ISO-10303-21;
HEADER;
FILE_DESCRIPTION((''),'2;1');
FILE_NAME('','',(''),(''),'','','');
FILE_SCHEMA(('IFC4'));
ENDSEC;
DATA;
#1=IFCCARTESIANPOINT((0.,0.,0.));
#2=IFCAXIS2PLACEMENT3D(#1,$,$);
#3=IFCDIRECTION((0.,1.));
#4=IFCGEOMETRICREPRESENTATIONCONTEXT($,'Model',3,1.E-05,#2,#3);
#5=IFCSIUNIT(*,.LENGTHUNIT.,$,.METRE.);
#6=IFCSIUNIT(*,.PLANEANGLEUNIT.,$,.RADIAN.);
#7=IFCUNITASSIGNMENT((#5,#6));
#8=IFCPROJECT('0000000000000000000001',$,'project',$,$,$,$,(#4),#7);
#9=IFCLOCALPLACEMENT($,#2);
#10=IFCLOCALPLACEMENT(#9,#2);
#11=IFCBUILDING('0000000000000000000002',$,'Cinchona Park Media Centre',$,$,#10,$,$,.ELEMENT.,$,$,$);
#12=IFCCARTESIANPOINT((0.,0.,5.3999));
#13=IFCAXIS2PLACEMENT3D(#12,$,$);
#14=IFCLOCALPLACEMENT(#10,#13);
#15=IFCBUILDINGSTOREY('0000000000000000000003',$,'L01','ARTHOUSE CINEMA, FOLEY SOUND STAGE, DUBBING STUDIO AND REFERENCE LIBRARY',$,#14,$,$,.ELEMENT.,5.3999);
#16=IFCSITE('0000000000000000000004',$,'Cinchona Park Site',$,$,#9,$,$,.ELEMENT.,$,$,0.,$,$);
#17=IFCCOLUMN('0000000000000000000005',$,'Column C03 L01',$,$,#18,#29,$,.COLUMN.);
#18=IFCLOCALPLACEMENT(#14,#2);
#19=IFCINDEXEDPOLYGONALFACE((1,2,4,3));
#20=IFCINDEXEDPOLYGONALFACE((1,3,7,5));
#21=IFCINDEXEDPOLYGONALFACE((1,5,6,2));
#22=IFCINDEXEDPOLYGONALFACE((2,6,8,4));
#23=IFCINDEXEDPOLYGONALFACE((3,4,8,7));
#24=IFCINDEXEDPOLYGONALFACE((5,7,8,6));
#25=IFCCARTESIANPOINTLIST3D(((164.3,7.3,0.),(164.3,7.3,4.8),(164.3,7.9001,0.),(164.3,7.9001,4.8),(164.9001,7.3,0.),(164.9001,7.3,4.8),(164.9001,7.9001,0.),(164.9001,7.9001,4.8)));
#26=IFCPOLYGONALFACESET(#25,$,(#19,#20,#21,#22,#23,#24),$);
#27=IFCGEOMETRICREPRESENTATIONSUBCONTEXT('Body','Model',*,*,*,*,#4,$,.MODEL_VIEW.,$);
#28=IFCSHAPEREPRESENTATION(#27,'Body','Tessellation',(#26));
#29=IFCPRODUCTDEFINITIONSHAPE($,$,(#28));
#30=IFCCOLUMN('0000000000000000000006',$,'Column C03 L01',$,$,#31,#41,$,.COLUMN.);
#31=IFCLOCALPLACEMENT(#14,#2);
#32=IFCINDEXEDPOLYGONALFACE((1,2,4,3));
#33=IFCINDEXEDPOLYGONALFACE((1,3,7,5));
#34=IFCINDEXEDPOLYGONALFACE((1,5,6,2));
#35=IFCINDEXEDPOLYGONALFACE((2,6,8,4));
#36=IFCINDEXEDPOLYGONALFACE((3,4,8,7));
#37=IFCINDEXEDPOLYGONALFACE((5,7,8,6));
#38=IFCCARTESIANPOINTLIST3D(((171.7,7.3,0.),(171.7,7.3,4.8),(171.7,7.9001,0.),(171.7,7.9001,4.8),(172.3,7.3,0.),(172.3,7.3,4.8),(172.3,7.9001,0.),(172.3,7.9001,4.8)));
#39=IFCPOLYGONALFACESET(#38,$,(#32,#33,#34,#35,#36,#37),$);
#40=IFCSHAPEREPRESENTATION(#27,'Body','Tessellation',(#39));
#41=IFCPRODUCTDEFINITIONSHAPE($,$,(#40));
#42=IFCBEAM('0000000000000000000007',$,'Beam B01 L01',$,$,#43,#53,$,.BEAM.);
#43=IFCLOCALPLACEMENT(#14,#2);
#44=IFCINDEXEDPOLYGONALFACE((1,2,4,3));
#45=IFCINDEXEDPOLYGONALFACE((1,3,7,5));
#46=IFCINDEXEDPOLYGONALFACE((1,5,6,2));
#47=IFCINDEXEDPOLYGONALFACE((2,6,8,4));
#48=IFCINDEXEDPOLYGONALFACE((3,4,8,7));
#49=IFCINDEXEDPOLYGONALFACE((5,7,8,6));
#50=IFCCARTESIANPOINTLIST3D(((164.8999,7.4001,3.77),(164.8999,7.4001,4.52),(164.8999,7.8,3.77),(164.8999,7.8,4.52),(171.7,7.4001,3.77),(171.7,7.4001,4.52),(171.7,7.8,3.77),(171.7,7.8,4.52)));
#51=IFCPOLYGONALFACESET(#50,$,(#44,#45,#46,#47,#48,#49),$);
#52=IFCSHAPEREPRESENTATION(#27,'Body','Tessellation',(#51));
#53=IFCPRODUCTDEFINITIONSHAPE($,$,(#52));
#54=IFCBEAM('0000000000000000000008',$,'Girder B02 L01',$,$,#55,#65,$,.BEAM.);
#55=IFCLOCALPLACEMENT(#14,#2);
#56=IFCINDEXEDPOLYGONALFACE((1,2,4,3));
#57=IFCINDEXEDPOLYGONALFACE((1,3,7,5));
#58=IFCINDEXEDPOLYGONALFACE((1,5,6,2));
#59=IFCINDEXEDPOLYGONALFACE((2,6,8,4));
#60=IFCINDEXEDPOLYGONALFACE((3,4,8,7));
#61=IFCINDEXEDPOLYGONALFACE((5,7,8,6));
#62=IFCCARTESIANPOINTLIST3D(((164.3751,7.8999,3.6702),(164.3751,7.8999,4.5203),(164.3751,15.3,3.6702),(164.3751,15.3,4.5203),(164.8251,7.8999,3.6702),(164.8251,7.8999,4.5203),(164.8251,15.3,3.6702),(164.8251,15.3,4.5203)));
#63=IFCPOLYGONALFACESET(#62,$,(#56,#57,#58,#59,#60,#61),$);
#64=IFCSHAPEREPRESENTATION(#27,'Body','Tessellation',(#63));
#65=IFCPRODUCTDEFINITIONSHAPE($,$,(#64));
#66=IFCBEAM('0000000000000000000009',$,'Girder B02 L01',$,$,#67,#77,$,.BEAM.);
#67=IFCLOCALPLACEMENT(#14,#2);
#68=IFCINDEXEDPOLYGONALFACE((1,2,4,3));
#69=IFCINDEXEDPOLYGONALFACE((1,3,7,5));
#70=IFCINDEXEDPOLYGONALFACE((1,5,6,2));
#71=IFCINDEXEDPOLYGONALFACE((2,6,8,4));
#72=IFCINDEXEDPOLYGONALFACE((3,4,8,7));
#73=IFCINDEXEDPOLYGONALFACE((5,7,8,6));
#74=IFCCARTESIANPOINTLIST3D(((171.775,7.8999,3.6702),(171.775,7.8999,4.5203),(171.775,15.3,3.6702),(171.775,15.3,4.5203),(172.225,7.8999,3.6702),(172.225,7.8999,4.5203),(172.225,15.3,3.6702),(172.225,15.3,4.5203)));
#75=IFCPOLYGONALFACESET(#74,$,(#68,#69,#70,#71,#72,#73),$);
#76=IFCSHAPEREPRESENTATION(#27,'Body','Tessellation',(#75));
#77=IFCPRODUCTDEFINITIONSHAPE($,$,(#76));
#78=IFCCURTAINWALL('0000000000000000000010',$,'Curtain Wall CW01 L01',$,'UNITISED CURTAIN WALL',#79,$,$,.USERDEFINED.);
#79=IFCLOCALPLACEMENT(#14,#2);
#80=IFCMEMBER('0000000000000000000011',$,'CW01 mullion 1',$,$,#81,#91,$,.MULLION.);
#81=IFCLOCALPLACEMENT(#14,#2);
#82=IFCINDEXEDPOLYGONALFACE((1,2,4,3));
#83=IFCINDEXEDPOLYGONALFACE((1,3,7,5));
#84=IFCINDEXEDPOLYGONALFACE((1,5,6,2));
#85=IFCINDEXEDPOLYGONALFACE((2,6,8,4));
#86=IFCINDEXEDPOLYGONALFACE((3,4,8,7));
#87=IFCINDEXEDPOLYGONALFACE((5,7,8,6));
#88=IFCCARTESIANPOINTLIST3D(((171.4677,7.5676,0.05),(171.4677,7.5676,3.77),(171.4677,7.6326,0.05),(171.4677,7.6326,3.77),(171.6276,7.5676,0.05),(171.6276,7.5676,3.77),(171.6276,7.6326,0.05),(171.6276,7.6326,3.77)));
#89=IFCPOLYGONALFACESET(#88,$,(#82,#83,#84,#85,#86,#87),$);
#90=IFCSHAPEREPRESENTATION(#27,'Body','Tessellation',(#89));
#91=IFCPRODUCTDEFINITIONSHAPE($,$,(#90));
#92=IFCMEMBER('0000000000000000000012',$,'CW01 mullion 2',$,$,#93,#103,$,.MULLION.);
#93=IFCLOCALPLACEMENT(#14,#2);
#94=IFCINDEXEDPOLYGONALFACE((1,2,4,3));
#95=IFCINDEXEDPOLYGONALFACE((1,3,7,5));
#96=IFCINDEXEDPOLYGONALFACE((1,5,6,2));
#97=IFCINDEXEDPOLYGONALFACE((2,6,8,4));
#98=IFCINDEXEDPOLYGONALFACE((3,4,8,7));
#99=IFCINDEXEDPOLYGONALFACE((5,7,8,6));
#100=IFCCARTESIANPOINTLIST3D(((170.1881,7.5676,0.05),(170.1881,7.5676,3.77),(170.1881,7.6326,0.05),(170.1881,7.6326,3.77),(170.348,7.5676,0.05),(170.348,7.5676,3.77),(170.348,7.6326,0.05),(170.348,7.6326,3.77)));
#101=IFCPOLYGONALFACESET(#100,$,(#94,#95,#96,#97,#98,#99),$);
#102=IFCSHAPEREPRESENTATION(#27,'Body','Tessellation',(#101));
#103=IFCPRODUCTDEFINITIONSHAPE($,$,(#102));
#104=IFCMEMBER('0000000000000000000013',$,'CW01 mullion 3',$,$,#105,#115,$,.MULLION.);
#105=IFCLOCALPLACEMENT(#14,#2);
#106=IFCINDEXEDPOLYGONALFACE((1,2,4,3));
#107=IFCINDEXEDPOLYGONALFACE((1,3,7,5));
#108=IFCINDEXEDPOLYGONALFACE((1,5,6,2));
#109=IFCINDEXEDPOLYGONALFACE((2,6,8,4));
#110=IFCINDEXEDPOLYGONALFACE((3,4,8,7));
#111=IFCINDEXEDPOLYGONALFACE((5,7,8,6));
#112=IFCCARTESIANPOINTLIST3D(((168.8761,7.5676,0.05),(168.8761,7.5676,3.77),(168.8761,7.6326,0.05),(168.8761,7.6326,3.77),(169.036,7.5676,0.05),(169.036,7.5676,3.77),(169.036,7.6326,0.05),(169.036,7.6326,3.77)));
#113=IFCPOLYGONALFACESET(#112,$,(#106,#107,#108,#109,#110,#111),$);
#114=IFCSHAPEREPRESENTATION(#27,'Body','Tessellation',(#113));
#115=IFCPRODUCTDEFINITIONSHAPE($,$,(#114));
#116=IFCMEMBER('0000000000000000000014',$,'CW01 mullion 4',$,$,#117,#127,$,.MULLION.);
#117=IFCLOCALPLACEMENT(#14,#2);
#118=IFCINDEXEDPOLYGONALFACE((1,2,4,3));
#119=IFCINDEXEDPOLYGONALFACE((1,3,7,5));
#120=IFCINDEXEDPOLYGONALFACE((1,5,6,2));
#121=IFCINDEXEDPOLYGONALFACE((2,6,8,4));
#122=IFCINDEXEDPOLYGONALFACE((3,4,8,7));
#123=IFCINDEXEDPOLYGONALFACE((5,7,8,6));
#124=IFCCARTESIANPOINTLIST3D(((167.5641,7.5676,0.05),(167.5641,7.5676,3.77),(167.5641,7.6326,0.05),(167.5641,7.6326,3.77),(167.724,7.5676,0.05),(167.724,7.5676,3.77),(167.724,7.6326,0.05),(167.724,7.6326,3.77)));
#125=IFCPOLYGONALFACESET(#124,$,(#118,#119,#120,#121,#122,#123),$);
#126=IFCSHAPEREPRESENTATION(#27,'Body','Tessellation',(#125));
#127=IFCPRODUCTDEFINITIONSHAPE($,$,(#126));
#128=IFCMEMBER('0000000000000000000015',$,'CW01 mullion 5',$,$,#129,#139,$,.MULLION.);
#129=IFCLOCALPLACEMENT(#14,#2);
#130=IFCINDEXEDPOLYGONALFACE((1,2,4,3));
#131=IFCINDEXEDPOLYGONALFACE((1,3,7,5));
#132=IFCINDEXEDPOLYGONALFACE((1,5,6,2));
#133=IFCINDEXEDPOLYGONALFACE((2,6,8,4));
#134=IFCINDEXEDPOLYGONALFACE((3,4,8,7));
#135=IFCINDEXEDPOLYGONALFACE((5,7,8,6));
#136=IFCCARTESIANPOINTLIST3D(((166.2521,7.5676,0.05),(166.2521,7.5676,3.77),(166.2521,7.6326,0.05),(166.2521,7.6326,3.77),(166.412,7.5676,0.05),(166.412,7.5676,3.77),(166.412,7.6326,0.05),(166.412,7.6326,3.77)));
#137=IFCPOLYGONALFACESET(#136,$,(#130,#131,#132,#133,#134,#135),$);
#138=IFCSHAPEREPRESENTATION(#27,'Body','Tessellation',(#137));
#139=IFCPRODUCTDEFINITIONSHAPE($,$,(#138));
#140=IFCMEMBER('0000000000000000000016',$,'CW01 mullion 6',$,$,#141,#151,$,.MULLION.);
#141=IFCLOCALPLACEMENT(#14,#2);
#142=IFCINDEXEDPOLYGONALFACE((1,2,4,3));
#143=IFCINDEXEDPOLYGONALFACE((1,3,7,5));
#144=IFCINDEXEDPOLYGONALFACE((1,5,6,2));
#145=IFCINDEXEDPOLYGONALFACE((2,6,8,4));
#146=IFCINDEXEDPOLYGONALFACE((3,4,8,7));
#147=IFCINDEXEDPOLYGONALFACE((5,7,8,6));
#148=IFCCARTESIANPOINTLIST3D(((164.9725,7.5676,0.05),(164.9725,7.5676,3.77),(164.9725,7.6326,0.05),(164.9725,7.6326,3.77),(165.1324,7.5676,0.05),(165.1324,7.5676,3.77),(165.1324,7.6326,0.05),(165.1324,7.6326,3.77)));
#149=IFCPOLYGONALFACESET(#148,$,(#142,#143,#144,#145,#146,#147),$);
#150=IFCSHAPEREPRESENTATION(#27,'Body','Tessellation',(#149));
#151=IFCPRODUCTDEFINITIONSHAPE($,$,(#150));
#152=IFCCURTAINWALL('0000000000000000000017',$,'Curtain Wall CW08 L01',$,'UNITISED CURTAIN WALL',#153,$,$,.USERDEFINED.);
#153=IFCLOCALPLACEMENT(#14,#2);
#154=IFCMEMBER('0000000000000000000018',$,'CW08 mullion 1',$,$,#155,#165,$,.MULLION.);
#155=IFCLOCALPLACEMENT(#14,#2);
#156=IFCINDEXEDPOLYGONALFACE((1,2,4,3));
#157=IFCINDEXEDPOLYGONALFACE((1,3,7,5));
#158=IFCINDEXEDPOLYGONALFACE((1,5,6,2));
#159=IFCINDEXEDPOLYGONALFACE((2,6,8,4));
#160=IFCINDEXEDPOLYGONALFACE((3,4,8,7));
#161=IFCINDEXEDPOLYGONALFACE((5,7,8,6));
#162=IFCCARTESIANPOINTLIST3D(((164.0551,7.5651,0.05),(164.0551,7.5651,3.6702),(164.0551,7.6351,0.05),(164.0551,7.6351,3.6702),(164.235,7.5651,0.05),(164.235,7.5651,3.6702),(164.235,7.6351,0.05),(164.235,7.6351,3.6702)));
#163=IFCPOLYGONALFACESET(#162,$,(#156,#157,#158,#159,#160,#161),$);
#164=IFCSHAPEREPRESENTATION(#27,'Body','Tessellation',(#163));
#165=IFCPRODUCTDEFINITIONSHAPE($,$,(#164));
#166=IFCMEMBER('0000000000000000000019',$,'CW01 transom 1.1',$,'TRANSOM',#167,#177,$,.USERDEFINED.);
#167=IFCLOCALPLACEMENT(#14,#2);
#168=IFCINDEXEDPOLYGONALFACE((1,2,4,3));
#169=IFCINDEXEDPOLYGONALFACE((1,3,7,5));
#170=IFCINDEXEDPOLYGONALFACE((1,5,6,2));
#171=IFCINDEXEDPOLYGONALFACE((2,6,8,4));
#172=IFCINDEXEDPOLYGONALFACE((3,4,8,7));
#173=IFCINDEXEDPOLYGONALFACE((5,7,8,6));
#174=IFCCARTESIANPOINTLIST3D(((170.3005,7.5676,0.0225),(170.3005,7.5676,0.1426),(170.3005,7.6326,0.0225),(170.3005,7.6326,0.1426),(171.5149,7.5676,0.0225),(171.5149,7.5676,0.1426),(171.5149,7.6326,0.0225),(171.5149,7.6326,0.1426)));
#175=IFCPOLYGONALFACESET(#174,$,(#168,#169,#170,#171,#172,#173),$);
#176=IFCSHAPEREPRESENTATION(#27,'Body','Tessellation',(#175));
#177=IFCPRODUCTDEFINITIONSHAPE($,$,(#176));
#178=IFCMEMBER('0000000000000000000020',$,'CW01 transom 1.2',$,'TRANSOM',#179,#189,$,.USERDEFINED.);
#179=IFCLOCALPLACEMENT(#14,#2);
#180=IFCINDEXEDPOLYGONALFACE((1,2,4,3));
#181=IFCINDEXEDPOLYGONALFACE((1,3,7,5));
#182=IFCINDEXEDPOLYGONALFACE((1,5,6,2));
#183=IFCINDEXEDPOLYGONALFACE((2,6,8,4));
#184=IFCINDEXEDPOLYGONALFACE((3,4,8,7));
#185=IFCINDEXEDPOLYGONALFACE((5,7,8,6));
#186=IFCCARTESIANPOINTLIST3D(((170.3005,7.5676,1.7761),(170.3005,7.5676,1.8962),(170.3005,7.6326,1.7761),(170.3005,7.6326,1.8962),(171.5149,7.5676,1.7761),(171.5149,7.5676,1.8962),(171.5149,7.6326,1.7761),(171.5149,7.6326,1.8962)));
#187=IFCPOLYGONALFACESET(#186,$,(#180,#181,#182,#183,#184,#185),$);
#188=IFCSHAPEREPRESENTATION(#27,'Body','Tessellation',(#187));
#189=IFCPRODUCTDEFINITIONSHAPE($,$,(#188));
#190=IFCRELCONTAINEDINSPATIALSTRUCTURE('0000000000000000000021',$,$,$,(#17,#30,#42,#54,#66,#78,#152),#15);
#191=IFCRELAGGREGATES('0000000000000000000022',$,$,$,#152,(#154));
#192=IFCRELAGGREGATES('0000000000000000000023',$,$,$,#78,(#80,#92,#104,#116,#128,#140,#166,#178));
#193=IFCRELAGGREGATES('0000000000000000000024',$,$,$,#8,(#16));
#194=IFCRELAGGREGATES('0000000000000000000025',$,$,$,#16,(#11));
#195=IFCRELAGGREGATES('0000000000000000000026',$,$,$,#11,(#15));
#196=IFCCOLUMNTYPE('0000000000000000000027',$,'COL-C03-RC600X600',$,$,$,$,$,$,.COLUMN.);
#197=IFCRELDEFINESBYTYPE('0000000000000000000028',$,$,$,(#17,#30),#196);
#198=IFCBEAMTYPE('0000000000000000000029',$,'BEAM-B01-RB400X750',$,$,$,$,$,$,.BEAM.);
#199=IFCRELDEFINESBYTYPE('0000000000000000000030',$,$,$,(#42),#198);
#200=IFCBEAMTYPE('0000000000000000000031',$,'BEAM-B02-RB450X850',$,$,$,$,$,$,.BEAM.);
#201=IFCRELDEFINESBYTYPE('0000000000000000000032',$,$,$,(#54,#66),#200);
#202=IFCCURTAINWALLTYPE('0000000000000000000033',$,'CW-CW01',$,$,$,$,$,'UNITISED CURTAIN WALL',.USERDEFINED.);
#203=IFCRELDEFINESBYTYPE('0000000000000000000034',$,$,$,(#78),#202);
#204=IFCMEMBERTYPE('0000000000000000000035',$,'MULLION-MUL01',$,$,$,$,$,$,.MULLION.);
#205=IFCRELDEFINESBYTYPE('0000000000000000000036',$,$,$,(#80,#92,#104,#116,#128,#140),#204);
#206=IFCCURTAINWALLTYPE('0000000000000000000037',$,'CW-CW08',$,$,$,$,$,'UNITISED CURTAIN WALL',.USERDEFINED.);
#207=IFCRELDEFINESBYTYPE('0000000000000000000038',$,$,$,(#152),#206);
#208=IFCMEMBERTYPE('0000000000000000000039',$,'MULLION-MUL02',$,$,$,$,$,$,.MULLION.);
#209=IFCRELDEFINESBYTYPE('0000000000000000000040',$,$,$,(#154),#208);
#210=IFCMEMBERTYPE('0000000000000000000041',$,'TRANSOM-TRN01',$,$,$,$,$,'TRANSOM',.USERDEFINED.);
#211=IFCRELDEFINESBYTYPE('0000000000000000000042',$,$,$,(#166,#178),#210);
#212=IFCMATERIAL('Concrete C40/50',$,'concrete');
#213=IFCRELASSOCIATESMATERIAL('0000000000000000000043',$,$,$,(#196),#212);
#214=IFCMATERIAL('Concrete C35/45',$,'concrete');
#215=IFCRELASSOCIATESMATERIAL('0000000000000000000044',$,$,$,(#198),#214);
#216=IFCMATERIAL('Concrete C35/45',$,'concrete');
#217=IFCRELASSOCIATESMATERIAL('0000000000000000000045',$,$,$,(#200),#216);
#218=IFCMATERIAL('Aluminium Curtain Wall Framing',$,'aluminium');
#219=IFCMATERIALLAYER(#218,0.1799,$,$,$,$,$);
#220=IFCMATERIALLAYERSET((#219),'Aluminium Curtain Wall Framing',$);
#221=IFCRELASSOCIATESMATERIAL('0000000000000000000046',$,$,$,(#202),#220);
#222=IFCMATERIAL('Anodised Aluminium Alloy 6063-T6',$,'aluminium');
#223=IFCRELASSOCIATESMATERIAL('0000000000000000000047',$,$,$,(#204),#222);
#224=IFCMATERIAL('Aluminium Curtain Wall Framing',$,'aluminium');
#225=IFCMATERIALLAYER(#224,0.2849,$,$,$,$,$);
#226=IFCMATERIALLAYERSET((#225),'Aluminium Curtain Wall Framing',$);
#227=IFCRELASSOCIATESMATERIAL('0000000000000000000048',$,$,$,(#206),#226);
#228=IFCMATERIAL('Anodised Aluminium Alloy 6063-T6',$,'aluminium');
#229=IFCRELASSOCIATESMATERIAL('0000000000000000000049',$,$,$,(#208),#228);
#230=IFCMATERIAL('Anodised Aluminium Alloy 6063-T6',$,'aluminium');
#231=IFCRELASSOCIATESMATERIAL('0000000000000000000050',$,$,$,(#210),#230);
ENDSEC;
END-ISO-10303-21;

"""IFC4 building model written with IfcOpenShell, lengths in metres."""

from ifc_helpers import new_model, si_unit, direction, frame, origin, origin_2d, place, context, subcontext, project, spatial, rectangle, extrude, material, layer, layer_set, material_profile, profile_set, type_object, element, aggregate, save


model = new_model("IFC4")

# Units and contexts
model_context = context("Model", 3, precision=1e-05, world=origin(), true_north=direction((0.0, 1.0)))
body_context = subcontext(model_context, "Body", "Model", "MODEL_VIEW")
ifc_project = project(units=[si_unit("LENGTHUNIT", "METRE"), si_unit("PLANEANGLEUNIT", "RADIAN")], contexts=[model_context])

# Site, building, storey
site_placement = place(None, origin())
site = spatial("IfcSite", under=ifc_project, at=site_placement, Name="Cinchona Park Site", CompositionType="ELEMENT", RefElevation=0.0)
building_placement = place(site_placement, origin())
building = spatial("IfcBuilding", under=site, at=building_placement, Name="Cinchona Park Media Centre", CompositionType="ELEMENT")
storey_placement = place(building_placement, frame((0.0, 0.0, 5.3999)))
storey = spatial("IfcBuildingStorey", under=building, at=storey_placement, Name="L01", Description="ARTHOUSE CINEMA, FOLEY SOUND STAGE, DUBBING STUDIO AND REFERENCE LIBRARY", CompositionType="ELEMENT", Elevation=5.3999)

# Columns
ifc_material_1 = material(Name="Concrete C40/50", Category="concrete")
ifc_material_profile_1 = material_profile(ifc_material_1, rectangle(XDim=0.6001, YDim=0.6001, at=origin_2d()), Name="RC 600X600")
ifc_profile_set_1 = profile_set([ifc_material_profile_1], Name="Concrete C40/50")
column_type = type_object("IfcColumnType", Name="COL-C03-RC600X600", PredefinedType="COLUMN", material=ifc_profile_set_1)
for number, where, z_axis, x_axis, name in (
    (1, (164.6001, 7.6001, 0.0), (0.0, 0.0, 1.0), (1.0, 0.0, 0.0), "Column C03 L01"),
    (2, (172.0, 7.6001, 0.0), (0.0, 0.0, 1.0), (1.0, 0.0, 0.0), "Column C03 L01"),
):
    element("IfcColumn", number, at=place(storey_placement, frame(where, z_axis=z_axis, x_axis=x_axis)), inside=storey, type_object=column_type, Name=name, PredefinedType="COLUMN", context=body_context, shape_type="SweptSolid", body=[
        extrude(rectangle(XDim=0.6001, YDim=0.6001, at=origin_2d()), origin(), (0.0, 0.0, 1.0), 4.8),
    ])

# Beams
ifc_material_2 = material(Name="Concrete C35/45", Category="concrete")
ifc_material_profile_2 = material_profile(ifc_material_2, rectangle(XDim=0.3999, YDim=0.75, at=origin_2d()), Name="RB 400X750")
ifc_profile_set_2 = profile_set([ifc_material_profile_2], Name="Concrete C35/45")
beam_type_1 = type_object("IfcBeamType", Name="BEAM-B01-RB400X750", PredefinedType="BEAM", material=ifc_profile_set_2)
beam_placement = place(storey_placement, frame((164.8999, 7.6001, 4.145), z_axis=(1.0, 0.0, 0.0), x_axis=(0.0, 1.0, 0.0)))
element("IfcBeam", 3, at=beam_placement, inside=storey, type_object=beam_type_1, Name="Beam B01 L01", PredefinedType="BEAM", context=body_context, shape_type="SweptSolid", body=[
    extrude(rectangle(XDim=0.3999, YDim=0.75, at=origin_2d()), origin(), (0.0, 0.0, 1.0), 6.8),
])
ifc_material_3 = material(Name="Concrete C35/45", Category="concrete")
ifc_material_profile_3 = material_profile(ifc_material_3, rectangle(XDim=0.45, YDim=0.8501, at=origin_2d()), Name="RB 450X850")
ifc_profile_set_3 = profile_set([ifc_material_profile_3], Name="Concrete C35/45")
beam_type_2 = type_object("IfcBeamType", Name="BEAM-B02-RB450X850", PredefinedType="BEAM", material=ifc_profile_set_3)
for number, where, z_axis, x_axis, name in (
    (4, (164.6001, 7.8999, 4.0952), (0.0, 1.0, 0.0), (-1.0, 0.0, 0.0), "Girder B02 L01"),
    (5, (172.0, 7.8999, 4.0952), (0.0, 1.0, 0.0), (-1.0, 0.0, 0.0), "Girder B02 L01"),
):
    element("IfcBeam", number, at=place(storey_placement, frame(where, z_axis=z_axis, x_axis=x_axis)), inside=storey, type_object=beam_type_2, Name=name, PredefinedType="BEAM", context=body_context, shape_type="SweptSolid", body=[
        extrude(rectangle(XDim=0.45, YDim=0.8501, at=origin_2d()), origin(), (0.0, 0.0, 1.0), 7.4001),
    ])

# Curtain wall, members
ifc_material_4 = material(Name="Aluminium Curtain Wall Framing", Category="aluminium")
ifc_layer_1 = layer(ifc_material_4, 0.1799)
ifc_layer_set_1 = layer_set([ifc_layer_1], Name="Aluminium Curtain Wall Framing")
curtain_wall_type_1 = type_object("IfcCurtainWallType", Name="CW-CW01", ElementType="UNITISED CURTAIN WALL", PredefinedType="USERDEFINED", material=ifc_layer_set_1)
curtain_wall_1_placement = place(storey_placement, origin())
curtain_wall_1 = element("IfcCurtainWall", 6, at=curtain_wall_1_placement, inside=storey, type_object=curtain_wall_type_1, Name="Curtain Wall CW01 L01", ObjectType="UNITISED CURTAIN WALL", PredefinedType="USERDEFINED")
ifc_material_5 = material(Name="Anodised Aluminium Alloy 6063-T6", Category="aluminium")
ifc_material_profile_4 = material_profile(ifc_material_5, rectangle(XDim=0.0649, YDim=0.1599, at=origin_2d()), Name="MUL-65X160")
ifc_profile_set_4 = profile_set([ifc_material_profile_4], Name="Anodised Aluminium Alloy 6063-T6")
member_type_1 = type_object("IfcMemberType", Name="MULLION-MUL01", PredefinedType="MULLION", material=ifc_profile_set_4)
member_1_placement = place(storey_placement, frame((171.5476, 7.6001, 0.05), z_axis=(0.0, 0.0, 1.0), x_axis=(0.0, -1.0, 0.0)))
member_1 = element("IfcMember", 7, at=member_1_placement, type_object=member_type_1, Name="CW01 mullion 1", PredefinedType="MULLION", context=body_context, shape_type="SweptSolid", body=[
    extrude(rectangle(XDim=0.0649, YDim=0.1599, at=origin_2d()), origin(), (0.0, 0.0, 1.0), 3.72),
])
member_2_placement = place(storey_placement, frame((170.2681, 7.6001, 0.05), z_axis=(0.0, 0.0, 1.0), x_axis=(0.0, -1.0, 0.0)))
member_2 = element("IfcMember", 8, at=member_2_placement, type_object=member_type_1, Name="CW01 mullion 2", PredefinedType="MULLION", context=body_context, shape_type="SweptSolid", body=[
    extrude(rectangle(XDim=0.0649, YDim=0.1599, at=origin_2d()), origin(), (0.0, 0.0, 1.0), 3.72),
])
member_3_placement = place(storey_placement, frame((168.9561, 7.6001, 0.05), z_axis=(0.0, 0.0, 1.0), x_axis=(0.0, -1.0, 0.0)))
member_3 = element("IfcMember", 9, at=member_3_placement, type_object=member_type_1, Name="CW01 mullion 3", PredefinedType="MULLION", context=body_context, shape_type="SweptSolid", body=[
    extrude(rectangle(XDim=0.0649, YDim=0.1599, at=origin_2d()), origin(), (0.0, 0.0, 1.0), 3.72),
])
member_4_placement = place(storey_placement, frame((167.644, 7.6001, 0.05), z_axis=(0.0, 0.0, 1.0), x_axis=(0.0, -1.0, 0.0)))
member_4 = element("IfcMember", 10, at=member_4_placement, type_object=member_type_1, Name="CW01 mullion 4", PredefinedType="MULLION", context=body_context, shape_type="SweptSolid", body=[
    extrude(rectangle(XDim=0.0649, YDim=0.1599, at=origin_2d()), origin(), (0.0, 0.0, 1.0), 3.72),
])
member_5_placement = place(storey_placement, frame((166.332, 7.6001, 0.05), z_axis=(0.0, 0.0, 1.0), x_axis=(0.0, -1.0, 0.0)))
member_5 = element("IfcMember", 11, at=member_5_placement, type_object=member_type_1, Name="CW01 mullion 5", PredefinedType="MULLION", context=body_context, shape_type="SweptSolid", body=[
    extrude(rectangle(XDim=0.0649, YDim=0.1599, at=origin_2d()), origin(), (0.0, 0.0, 1.0), 3.72),
])
member_6_placement = place(storey_placement, frame((165.0525, 7.6001, 0.05), z_axis=(0.0, 0.0, 1.0), x_axis=(0.0, -1.0, 0.0)))
member_6 = element("IfcMember", 12, at=member_6_placement, type_object=member_type_1, Name="CW01 mullion 6", PredefinedType="MULLION", context=body_context, shape_type="SweptSolid", body=[
    extrude(rectangle(XDim=0.0649, YDim=0.1599, at=origin_2d()), origin(), (0.0, 0.0, 1.0), 3.72),
])

# Curtain wall, member
ifc_material_6 = material(Name="Aluminium Curtain Wall Framing", Category="aluminium")
ifc_layer_2 = layer(ifc_material_6, 0.2849)
ifc_layer_set_2 = layer_set([ifc_layer_2], Name="Aluminium Curtain Wall Framing")
curtain_wall_type_2 = type_object("IfcCurtainWallType", Name="CW-CW08", ElementType="UNITISED CURTAIN WALL", PredefinedType="USERDEFINED", material=ifc_layer_set_2)
curtain_wall_2_placement = place(storey_placement, origin())
curtain_wall_2 = element("IfcCurtainWall", 13, at=curtain_wall_2_placement, inside=storey, type_object=curtain_wall_type_2, Name="Curtain Wall CW08 L01", ObjectType="UNITISED CURTAIN WALL", PredefinedType="USERDEFINED")
ifc_material_7 = material(Name="Anodised Aluminium Alloy 6063-T6", Category="aluminium")
ifc_material_profile_5 = material_profile(ifc_material_7, rectangle(XDim=0.0701, YDim=0.1799, at=origin_2d()), Name="MUL-70X180")
ifc_profile_set_5 = profile_set([ifc_material_profile_5], Name="Anodised Aluminium Alloy 6063-T6")
member_type_2 = type_object("IfcMemberType", Name="MULLION-MUL02", PredefinedType="MULLION", material=ifc_profile_set_5)
member_7_placement = place(storey_placement, frame((164.145, 7.6001, 0.05), z_axis=(0.0, 0.0, 1.0), x_axis=(0.0, -1.0, 0.0)))
member_7 = element("IfcMember", 14, at=member_7_placement, type_object=member_type_2, Name="CW08 mullion 1", PredefinedType="MULLION", context=body_context, shape_type="SweptSolid", body=[
    extrude(rectangle(XDim=0.0701, YDim=0.1799, at=origin_2d()), origin(), (0.0, 0.0, 1.0), 3.6201),
])

# Members
ifc_material_8 = material(Name="Anodised Aluminium Alloy 6063-T6", Category="aluminium")
ifc_material_profile_6 = material_profile(ifc_material_8, rectangle(XDim=0.0649, YDim=0.1201, at=origin_2d()), Name="TRN-65X120")
ifc_profile_set_6 = profile_set([ifc_material_profile_6], Name="Anodised Aluminium Alloy 6063-T6")
member_type_3 = type_object("IfcMemberType", Name="TRANSOM-TRN01", ElementType="TRANSOM", PredefinedType="USERDEFINED", material=ifc_profile_set_6)
member_8_placement = place(storey_placement, frame((171.5149, 7.6001, 0.0825), z_axis=(-1.0, 0.0, 0.0), x_axis=(0.0, -1.0, 0.0)))
member_8 = element("IfcMember", 15, at=member_8_placement, type_object=member_type_3, Name="CW01 transom 1.1", ObjectType="TRANSOM", PredefinedType="USERDEFINED", context=body_context, shape_type="SweptSolid", body=[
    extrude(rectangle(XDim=0.0649, YDim=0.1201, at=origin_2d()), origin(), (0.0, 0.0, 1.0), 1.2144),
])
member_9_placement = place(storey_placement, frame((171.5149, 7.6001, 1.8362), z_axis=(-1.0, 0.0, 0.0), x_axis=(0.0, -1.0, 0.0)))
member_9 = element("IfcMember", 16, at=member_9_placement, type_object=member_type_3, Name="CW01 transom 1.2", ObjectType="TRANSOM", PredefinedType="USERDEFINED", context=body_context, shape_type="SweptSolid", body=[
    extrude(rectangle(XDim=0.0649, YDim=0.1201, at=origin_2d()), origin(), (0.0, 0.0, 1.0), 1.2144),
])
aggregate(curtain_wall_2, [member_7])

aggregate(curtain_wall_1, [member_1, member_2, member_3, member_4, member_5, member_6, member_8, member_9])

save(model, "model.ifc")
